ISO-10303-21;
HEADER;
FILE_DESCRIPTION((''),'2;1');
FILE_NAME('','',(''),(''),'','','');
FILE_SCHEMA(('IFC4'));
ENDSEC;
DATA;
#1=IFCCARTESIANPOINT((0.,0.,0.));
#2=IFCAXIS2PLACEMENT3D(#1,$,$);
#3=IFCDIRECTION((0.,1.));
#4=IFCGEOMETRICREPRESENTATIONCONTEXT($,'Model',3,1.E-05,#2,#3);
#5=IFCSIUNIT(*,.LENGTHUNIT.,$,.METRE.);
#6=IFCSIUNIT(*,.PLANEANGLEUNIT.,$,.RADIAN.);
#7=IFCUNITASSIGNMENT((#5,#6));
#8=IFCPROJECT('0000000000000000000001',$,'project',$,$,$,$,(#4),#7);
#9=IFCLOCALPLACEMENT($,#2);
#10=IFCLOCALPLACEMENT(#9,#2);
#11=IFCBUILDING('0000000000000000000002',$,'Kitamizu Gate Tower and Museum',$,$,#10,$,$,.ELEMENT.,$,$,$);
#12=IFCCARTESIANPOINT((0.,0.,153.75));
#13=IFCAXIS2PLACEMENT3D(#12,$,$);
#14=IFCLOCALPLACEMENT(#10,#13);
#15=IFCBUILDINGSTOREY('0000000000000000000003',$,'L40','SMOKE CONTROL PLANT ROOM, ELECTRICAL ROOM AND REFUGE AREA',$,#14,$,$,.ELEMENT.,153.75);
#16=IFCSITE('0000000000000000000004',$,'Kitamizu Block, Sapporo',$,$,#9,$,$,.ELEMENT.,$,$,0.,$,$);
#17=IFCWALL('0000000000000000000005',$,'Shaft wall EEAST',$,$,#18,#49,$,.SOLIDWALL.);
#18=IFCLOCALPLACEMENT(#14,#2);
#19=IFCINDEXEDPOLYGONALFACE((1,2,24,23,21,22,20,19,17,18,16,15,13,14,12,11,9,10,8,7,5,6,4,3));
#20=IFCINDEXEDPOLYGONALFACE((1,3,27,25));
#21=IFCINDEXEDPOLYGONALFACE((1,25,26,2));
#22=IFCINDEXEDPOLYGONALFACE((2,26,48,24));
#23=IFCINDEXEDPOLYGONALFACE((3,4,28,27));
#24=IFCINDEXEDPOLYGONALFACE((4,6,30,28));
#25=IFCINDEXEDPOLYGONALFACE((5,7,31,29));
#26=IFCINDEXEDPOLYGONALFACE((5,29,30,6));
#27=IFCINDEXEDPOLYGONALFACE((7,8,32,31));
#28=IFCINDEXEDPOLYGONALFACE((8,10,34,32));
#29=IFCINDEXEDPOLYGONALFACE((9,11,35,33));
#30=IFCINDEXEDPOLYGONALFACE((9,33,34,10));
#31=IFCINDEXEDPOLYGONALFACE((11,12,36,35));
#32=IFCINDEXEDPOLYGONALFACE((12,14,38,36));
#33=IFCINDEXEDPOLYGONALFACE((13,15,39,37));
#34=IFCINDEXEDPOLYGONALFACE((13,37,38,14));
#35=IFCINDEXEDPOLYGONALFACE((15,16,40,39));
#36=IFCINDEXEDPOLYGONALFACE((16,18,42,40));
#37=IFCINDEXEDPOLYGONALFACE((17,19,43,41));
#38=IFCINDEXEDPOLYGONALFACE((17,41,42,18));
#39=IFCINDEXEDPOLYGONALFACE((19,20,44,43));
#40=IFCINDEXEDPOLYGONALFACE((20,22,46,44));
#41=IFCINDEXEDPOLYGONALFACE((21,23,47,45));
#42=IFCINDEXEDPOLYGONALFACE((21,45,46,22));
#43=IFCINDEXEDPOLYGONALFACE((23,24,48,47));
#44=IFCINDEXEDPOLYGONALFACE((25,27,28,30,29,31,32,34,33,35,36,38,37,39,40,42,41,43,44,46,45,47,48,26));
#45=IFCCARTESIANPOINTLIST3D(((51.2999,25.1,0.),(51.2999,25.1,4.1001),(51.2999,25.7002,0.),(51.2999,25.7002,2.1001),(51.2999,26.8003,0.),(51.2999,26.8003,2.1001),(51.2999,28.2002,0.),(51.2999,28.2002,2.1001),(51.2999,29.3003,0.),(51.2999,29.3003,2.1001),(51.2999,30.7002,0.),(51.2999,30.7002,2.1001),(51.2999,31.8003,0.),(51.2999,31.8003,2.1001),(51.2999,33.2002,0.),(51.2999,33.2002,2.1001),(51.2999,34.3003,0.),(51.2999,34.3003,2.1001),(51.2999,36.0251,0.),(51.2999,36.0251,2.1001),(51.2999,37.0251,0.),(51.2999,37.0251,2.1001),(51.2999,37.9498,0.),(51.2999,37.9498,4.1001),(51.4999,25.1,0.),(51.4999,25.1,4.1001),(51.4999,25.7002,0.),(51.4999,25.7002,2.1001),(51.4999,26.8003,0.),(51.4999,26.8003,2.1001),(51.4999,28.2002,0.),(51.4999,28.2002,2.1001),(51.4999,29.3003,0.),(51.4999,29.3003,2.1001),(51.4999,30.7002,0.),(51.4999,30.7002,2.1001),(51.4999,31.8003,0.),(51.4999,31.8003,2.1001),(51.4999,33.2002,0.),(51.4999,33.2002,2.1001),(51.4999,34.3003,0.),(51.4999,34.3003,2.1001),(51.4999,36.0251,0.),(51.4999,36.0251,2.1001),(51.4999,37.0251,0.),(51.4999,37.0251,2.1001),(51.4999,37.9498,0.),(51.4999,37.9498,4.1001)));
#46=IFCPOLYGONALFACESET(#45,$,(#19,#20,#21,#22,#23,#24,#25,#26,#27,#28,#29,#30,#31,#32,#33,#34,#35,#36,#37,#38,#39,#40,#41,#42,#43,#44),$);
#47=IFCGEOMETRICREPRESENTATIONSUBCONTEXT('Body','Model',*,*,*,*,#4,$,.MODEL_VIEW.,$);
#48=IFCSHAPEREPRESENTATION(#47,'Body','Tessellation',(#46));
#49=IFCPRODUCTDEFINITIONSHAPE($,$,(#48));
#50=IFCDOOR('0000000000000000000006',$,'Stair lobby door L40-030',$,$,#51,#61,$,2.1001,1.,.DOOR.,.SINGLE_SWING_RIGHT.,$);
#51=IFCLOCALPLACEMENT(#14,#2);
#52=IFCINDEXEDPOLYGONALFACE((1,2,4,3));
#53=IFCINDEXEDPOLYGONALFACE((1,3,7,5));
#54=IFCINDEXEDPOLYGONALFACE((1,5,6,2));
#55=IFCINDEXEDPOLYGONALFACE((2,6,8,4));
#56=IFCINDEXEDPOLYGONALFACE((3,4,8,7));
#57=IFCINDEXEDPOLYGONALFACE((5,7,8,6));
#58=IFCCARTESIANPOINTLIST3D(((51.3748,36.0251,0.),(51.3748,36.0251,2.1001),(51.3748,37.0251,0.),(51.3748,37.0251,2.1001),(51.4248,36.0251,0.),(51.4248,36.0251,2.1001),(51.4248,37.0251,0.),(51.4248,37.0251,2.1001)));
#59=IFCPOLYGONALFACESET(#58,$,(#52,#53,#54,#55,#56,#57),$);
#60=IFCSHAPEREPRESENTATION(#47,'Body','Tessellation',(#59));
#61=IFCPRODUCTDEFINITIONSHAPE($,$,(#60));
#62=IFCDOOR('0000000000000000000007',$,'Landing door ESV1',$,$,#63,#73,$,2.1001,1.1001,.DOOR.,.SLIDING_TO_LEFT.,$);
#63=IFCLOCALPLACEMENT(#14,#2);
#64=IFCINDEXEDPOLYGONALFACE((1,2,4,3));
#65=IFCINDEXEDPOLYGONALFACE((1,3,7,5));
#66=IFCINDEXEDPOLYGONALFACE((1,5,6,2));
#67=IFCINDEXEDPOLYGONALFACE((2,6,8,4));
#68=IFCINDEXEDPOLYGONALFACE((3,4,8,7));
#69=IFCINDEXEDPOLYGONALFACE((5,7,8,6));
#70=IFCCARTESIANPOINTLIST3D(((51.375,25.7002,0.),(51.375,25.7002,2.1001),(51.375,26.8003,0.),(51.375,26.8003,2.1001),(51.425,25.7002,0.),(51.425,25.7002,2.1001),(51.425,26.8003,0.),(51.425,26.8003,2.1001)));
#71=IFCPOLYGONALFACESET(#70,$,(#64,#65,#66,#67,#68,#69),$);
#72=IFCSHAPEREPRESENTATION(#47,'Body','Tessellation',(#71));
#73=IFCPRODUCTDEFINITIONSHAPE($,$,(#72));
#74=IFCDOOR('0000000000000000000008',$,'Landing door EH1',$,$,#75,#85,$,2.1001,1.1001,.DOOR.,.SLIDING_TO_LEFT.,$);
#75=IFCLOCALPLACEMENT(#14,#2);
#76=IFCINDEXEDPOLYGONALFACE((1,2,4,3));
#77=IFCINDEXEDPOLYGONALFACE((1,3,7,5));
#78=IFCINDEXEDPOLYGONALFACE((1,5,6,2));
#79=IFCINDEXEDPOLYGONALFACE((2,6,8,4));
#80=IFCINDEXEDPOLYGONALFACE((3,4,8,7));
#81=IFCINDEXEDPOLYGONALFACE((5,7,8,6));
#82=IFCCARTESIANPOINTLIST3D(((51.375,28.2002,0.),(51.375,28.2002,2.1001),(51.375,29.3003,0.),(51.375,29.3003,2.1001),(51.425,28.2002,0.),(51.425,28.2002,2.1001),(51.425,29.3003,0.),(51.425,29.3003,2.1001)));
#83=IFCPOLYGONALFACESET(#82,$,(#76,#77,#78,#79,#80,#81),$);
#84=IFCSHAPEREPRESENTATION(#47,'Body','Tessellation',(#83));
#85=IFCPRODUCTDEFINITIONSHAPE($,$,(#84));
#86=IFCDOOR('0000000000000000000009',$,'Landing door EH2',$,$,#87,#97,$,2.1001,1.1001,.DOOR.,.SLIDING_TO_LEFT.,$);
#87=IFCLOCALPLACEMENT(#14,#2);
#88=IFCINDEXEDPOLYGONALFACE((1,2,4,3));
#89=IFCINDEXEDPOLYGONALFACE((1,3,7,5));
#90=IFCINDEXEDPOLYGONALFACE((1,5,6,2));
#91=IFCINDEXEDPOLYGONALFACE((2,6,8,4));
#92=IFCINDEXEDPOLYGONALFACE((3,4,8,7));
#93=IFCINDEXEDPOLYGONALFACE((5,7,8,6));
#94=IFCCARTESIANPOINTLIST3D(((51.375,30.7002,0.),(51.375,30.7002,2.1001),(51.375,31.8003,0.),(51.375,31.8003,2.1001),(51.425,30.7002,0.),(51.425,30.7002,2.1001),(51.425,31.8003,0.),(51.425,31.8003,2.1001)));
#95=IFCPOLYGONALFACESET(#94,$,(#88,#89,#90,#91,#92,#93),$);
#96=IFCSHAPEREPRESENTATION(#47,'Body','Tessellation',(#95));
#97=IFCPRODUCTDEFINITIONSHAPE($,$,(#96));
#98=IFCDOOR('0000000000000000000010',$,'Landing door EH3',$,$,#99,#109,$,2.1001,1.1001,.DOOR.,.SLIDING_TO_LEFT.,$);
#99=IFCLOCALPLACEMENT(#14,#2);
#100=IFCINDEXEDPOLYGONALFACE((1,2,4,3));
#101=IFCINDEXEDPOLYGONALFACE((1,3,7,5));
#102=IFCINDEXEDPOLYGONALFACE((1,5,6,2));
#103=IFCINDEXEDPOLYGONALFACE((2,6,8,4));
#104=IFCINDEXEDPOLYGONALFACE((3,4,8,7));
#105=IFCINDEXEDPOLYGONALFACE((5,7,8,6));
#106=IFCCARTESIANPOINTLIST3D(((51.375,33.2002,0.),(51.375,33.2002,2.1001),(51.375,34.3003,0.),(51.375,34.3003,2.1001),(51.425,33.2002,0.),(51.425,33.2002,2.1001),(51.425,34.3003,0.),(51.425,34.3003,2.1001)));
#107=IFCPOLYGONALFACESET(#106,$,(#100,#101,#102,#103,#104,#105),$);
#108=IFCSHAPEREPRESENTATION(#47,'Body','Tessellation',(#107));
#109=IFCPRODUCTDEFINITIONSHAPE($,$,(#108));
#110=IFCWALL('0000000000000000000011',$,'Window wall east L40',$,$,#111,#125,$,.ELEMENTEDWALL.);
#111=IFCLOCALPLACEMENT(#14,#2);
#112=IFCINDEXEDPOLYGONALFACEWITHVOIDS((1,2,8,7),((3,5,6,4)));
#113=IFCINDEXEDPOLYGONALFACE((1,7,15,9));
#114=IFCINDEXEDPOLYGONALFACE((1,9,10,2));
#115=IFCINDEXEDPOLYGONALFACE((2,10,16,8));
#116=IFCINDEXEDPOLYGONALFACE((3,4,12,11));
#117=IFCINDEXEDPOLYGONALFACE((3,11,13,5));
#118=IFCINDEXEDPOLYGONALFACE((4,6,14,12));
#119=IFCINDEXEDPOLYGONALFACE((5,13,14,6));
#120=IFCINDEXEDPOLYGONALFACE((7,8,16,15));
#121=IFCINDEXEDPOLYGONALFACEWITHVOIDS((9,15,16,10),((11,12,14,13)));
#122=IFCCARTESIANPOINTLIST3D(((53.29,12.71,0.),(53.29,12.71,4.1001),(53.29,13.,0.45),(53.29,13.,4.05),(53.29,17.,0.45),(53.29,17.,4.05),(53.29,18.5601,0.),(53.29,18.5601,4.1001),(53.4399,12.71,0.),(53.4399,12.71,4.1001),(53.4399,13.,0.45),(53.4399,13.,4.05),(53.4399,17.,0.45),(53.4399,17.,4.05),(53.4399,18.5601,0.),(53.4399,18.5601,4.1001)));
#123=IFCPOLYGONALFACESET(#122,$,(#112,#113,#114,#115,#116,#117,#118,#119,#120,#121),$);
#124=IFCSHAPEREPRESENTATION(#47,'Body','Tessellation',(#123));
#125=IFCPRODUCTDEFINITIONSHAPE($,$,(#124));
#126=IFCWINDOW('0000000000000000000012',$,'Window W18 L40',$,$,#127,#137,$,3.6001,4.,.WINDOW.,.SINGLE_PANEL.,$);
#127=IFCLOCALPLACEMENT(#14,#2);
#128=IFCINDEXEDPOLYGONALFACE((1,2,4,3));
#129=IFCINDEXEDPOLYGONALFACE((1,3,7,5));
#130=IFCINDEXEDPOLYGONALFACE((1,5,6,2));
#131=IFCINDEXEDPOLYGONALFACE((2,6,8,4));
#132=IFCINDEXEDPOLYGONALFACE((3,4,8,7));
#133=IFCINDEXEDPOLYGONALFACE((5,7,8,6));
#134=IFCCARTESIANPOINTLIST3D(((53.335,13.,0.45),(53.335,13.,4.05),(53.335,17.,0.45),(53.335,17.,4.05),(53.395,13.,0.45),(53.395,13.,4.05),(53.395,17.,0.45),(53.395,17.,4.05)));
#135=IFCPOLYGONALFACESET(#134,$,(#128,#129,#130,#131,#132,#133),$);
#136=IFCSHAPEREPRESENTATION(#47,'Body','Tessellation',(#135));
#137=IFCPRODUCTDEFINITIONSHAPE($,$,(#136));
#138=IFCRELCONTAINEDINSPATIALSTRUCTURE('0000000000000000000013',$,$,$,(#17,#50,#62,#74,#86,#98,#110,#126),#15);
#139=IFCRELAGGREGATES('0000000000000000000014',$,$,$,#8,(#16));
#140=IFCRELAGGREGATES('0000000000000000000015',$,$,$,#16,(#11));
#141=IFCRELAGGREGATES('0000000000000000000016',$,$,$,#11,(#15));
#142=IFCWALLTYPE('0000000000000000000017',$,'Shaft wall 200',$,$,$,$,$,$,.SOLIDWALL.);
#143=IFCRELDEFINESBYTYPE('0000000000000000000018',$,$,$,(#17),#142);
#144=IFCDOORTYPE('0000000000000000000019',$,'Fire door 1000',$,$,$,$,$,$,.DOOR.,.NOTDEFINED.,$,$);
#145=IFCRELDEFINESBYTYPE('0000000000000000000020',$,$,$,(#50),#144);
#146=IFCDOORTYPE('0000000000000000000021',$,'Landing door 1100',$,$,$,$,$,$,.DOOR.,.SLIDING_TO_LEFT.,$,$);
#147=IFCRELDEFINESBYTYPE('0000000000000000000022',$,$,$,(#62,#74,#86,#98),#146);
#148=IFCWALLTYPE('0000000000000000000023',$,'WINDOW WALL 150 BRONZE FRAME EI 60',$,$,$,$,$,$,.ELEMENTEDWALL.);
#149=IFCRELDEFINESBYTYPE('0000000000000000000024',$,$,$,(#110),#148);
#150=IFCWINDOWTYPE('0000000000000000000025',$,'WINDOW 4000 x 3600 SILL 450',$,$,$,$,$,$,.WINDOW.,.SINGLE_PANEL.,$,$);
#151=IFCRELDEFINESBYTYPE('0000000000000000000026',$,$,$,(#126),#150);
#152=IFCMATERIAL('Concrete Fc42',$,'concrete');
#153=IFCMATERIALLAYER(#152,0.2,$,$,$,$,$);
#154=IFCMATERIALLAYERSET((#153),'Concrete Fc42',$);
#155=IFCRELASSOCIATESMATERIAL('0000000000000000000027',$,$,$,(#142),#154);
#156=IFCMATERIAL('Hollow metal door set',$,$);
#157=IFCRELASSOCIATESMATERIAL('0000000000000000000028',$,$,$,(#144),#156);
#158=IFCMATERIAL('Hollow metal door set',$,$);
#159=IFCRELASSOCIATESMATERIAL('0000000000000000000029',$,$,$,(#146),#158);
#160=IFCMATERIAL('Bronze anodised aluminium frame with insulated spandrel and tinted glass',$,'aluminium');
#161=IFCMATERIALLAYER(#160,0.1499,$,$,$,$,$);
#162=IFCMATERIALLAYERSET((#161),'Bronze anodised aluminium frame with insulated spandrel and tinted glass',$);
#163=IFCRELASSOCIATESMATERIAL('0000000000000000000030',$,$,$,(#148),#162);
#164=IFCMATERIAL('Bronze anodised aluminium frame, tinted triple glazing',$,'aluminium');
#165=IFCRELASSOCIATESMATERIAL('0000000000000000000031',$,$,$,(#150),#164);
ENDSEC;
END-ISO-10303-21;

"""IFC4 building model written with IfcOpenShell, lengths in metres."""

from ifc_helpers import new_model, si_unit, direction, frame, frame_2d, origin, place, context, subcontext, project, spatial, rectangle, extrude, material, layer, layer_set, type_object, element, fill, save


model = new_model("IFC4")

# Units and contexts
model_context = context("Model", 3, precision=1e-05, world=origin(), true_north=direction((0.0, 1.0)))
body_context = subcontext(model_context, "Body", "Model", "MODEL_VIEW")
ifc_project = project(units=[si_unit("LENGTHUNIT", "METRE"), si_unit("PLANEANGLEUNIT", "RADIAN")], contexts=[model_context])

# Site, building, storey
site_placement = place(None, origin())
site = spatial("IfcSite", under=ifc_project, at=site_placement, Name="Kitamizu Block, Sapporo", CompositionType="ELEMENT", RefElevation=0.0)
building_placement = place(site_placement, origin())
building = spatial("IfcBuilding", under=site, at=building_placement, Name="Kitamizu Gate Tower and Museum", CompositionType="ELEMENT")
storey_placement = place(building_placement, frame((0.0, 0.0, 153.75)))
storey = spatial("IfcBuildingStorey", under=building, at=storey_placement, Name="L40", Description="SMOKE CONTROL PLANT ROOM, ELECTRICAL ROOM AND REFUGE AREA", CompositionType="ELEMENT", Elevation=153.75)

# Wall, openings, doors
ifc_material_1 = material(Name="Concrete Fc42", Category="concrete")
ifc_layer_1 = layer(ifc_material_1, 0.2)
ifc_layer_set_1 = layer_set([ifc_layer_1], Name="Concrete Fc42")
wall_type_1 = type_object("IfcWallType", Name="Shaft wall 200", PredefinedType="SOLIDWALL", material=ifc_layer_set_1)
wall_1_placement = place(storey_placement, frame((51.3999, 25.1001, 0.0), z_axis=(0.0, 0.0, 1.0), x_axis=(0.0, 1.0, 0.0)))
wall_1 = element("IfcWall", 1, at=wall_1_placement, inside=storey, type_object=wall_type_1, Name="Shaft wall EEAST", PredefinedType="SOLIDWALL", context=body_context, shape_type="SweptSolid", body=[
    extrude(rectangle(XDim=12.8499, YDim=0.2, at=frame_2d((6.4248, 0.0))), origin(), (0.0, 0.0, 1.0), 4.1001),
])
opening_1_placement = place(wall_1_placement, frame((0.6001, 0.0, 0.0)))
opening_1 = element("IfcOpeningElement", 2, at=opening_1_placement, cuts=wall_1, PredefinedType="OPENING", context=body_context, shape_type="SweptSolid", body=[
    extrude(rectangle(XDim=1.1001, YDim=2.1001, at=frame_2d((0.55, 1.05))), frame((0.0, 0.1099, 0.0), z_axis=(0.0, -1.0, 0.0), x_axis=(1.0, 0.0, 0.0)), (0.0, 0.0, 1.0), 0.22),
])
opening_2_placement = place(wall_1_placement, frame((3.1001, 0.0, 0.0)))
opening_2 = element("IfcOpeningElement", 3, at=opening_2_placement, cuts=wall_1, PredefinedType="OPENING", context=body_context, shape_type="SweptSolid", body=[
    extrude(rectangle(XDim=1.1001, YDim=2.1001, at=frame_2d((0.55, 1.05))), frame((0.0, 0.1099, 0.0), z_axis=(0.0, -1.0, 0.0), x_axis=(1.0, 0.0, 0.0)), (0.0, 0.0, 1.0), 0.22),
])
opening_3_placement = place(wall_1_placement, frame((5.6001, 0.0, 0.0)))
opening_3 = element("IfcOpeningElement", 4, at=opening_3_placement, cuts=wall_1, PredefinedType="OPENING", context=body_context, shape_type="SweptSolid", body=[
    extrude(rectangle(XDim=1.1001, YDim=2.1001, at=frame_2d((0.55, 1.05))), frame((0.0, 0.1099, 0.0), z_axis=(0.0, -1.0, 0.0), x_axis=(1.0, 0.0, 0.0)), (0.0, 0.0, 1.0), 0.22),
])
opening_4_placement = place(wall_1_placement, frame((8.1001, 0.0, 0.0)))
opening_4 = element("IfcOpeningElement", 5, at=opening_4_placement, cuts=wall_1, PredefinedType="OPENING", context=body_context, shape_type="SweptSolid", body=[
    extrude(rectangle(XDim=1.1001, YDim=2.1001, at=frame_2d((0.55, 1.05))), frame((0.0, 0.1099, 0.0), z_axis=(0.0, -1.0, 0.0), x_axis=(1.0, 0.0, 0.0)), (0.0, 0.0, 1.0), 0.22),
])
opening_5_placement = place(wall_1_placement, frame((10.925, 0.0, 0.0)))
opening_5 = element("IfcOpeningElement", 6, at=opening_5_placement, cuts=wall_1, PredefinedType="OPENING", context=body_context, shape_type="SweptSolid", body=[
    extrude(rectangle(XDim=1.0, YDim=2.1001, at=frame_2d((0.5, 1.05))), frame((0.0, 0.1099, 0.0), z_axis=(0.0, -1.0, 0.0), x_axis=(1.0, 0.0, 0.0)), (0.0, 0.0, 1.0), 0.22),
])
ifc_material_2 = material(Name="Hollow metal door set")
door_type_1 = type_object("IfcDoorType", Name="Fire door 1000", OperationType="NOTDEFINED", PredefinedType="DOOR", material=ifc_material_2)
door_1_placement = place(opening_5_placement, frame((1.0, 0.0, 0.0), x_axis=(-1.0, 0.0, 0.0)))
door_1 = element("IfcDoor", 7, at=door_1_placement, inside=storey, type_object=door_type_1, Name="Stair lobby door L40-030", OperationType="SINGLE_SWING_RIGHT", OverallHeight=2.1001, OverallWidth=1.0, PredefinedType="DOOR", context=body_context, shape_type="SweptSolid", body=[
    extrude(rectangle(XDim=1.0, YDim=2.1001, at=frame_2d((0.5, 1.05))), frame((0.0, 0.0249, 0.0), z_axis=(0.0, -1.0, 0.0), x_axis=(1.0, 0.0, 0.0)), (0.0, 0.0, 1.0), 0.05),
])
fill(opening_5, door_1)
ifc_material_3 = material(Name="Hollow metal door set")
door_type_2 = type_object("IfcDoorType", Name="Landing door 1100", OperationType="SLIDING_TO_LEFT", PredefinedType="DOOR", material=ifc_material_3)
door_2_placement = place(opening_1_placement, origin())
door_2 = element("IfcDoor", 8, at=door_2_placement, inside=storey, type_object=door_type_2, Name="Landing door ESV1", OperationType="SLIDING_TO_LEFT", OverallHeight=2.1001, OverallWidth=1.1001, PredefinedType="DOOR", context=body_context, shape_type="SweptSolid", body=[
    extrude(rectangle(XDim=1.1001, YDim=2.1001, at=frame_2d((0.55, 1.05))), frame((0.0, 0.0249, 0.0), z_axis=(0.0, -1.0, 0.0), x_axis=(1.0, 0.0, 0.0)), (0.0, 0.0, 1.0), 0.05),
])
fill(opening_1, door_2)
door_3_placement = place(opening_2_placement, origin())
door_3 = element("IfcDoor", 9, at=door_3_placement, inside=storey, type_object=door_type_2, Name="Landing door EH1", OperationType="SLIDING_TO_LEFT", OverallHeight=2.1001, OverallWidth=1.1001, PredefinedType="DOOR", context=body_context, shape_type="SweptSolid", body=[
    extrude(rectangle(XDim=1.1001, YDim=2.1001, at=frame_2d((0.55, 1.05))), frame((0.0, 0.0249, 0.0), z_axis=(0.0, -1.0, 0.0), x_axis=(1.0, 0.0, 0.0)), (0.0, 0.0, 1.0), 0.05),
])
fill(opening_2, door_3)
door_4_placement = place(opening_3_placement, origin())
door_4 = element("IfcDoor", 10, at=door_4_placement, inside=storey, type_object=door_type_2, Name="Landing door EH2", OperationType="SLIDING_TO_LEFT", OverallHeight=2.1001, OverallWidth=1.1001, PredefinedType="DOOR", context=body_context, shape_type="SweptSolid", body=[
    extrude(rectangle(XDim=1.1001, YDim=2.1001, at=frame_2d((0.55, 1.05))), frame((0.0, 0.0249, 0.0), z_axis=(0.0, -1.0, 0.0), x_axis=(1.0, 0.0, 0.0)), (0.0, 0.0, 1.0), 0.05),
])
fill(opening_3, door_4)
door_5_placement = place(opening_4_placement, origin())
door_5 = element("IfcDoor", 11, at=door_5_placement, inside=storey, type_object=door_type_2, Name="Landing door EH3", OperationType="SLIDING_TO_LEFT", OverallHeight=2.1001, OverallWidth=1.1001, PredefinedType="DOOR", context=body_context, shape_type="SweptSolid", body=[
    extrude(rectangle(XDim=1.1001, YDim=2.1001, at=frame_2d((0.55, 1.05))), frame((0.0, 0.0249, 0.0), z_axis=(0.0, -1.0, 0.0), x_axis=(1.0, 0.0, 0.0)), (0.0, 0.0, 1.0), 0.05),
])
fill(opening_4, door_5)

# Wall, opening, window
ifc_material_4 = material(Name="Bronze anodised aluminium frame with insulated spandrel and tinted glass", Category="aluminium")
ifc_layer_2 = layer(ifc_material_4, 0.1499)
ifc_layer_set_2 = layer_set([ifc_layer_2], Name="Bronze anodised aluminium frame with insulated spandrel and tinted glass")
wall_type_2 = type_object("IfcWallType", Name="WINDOW WALL 150 BRONZE FRAME EI 60", PredefinedType="ELEMENTEDWALL", material=ifc_layer_set_2)
wall_2_placement = place(storey_placement, frame((53.365, 12.71, 0.0), z_axis=(0.0, 0.0, 1.0), x_axis=(0.0, 1.0, 0.0)))
wall_2 = element("IfcWall", 12, at=wall_2_placement, inside=storey, type_object=wall_type_2, Name="Window wall east L40", PredefinedType="ELEMENTEDWALL", context=body_context, shape_type="SweptSolid", body=[
    extrude(rectangle(XDim=5.8501, YDim=0.1499, at=frame_2d((2.925, 0.0))), origin(), (0.0, 0.0, 1.0), 4.1001),
])
opening_6_placement = place(wall_2_placement, frame((0.29, 0.0, 0.45)))
opening_6 = element("IfcOpeningElement", 13, at=opening_6_placement, cuts=wall_2, PredefinedType="OPENING", context=body_context, shape_type="SweptSolid", body=[
    extrude(rectangle(XDim=4.0, YDim=3.6001, at=frame_2d((2.0, 1.8))), frame((0.0, 0.085, 0.0), z_axis=(0.0, -1.0, 0.0), x_axis=(1.0, 0.0, 0.0)), (0.0, 0.0, 1.0), 0.1699),
])
ifc_material_5 = material(Name="Bronze anodised aluminium frame, tinted triple glazing", Category="aluminium")
window_type_1 = type_object("IfcWindowType", Name="WINDOW 4000 x 3600 SILL 450", PartitioningType="SINGLE_PANEL", PredefinedType="WINDOW", material=ifc_material_5)
window_1_placement = place(opening_6_placement, origin())
window_1 = element("IfcWindow", 14, at=window_1_placement, inside=storey, type_object=window_type_1, Name="Window W18 L40", OverallHeight=3.6001, OverallWidth=4.0, PartitioningType="SINGLE_PANEL", PredefinedType="WINDOW", context=body_context, shape_type="SweptSolid", body=[
    extrude(rectangle(XDim=4.0, YDim=3.6001, at=frame_2d((2.0, 1.8))), frame((0.0, 0.03, 0.0), z_axis=(0.0, -1.0, 0.0), x_axis=(1.0, 0.0, 0.0)), (0.0, 0.0, 1.0), 0.0601),
])
fill(opening_6, window_1)

save(model, "model.ifc")
